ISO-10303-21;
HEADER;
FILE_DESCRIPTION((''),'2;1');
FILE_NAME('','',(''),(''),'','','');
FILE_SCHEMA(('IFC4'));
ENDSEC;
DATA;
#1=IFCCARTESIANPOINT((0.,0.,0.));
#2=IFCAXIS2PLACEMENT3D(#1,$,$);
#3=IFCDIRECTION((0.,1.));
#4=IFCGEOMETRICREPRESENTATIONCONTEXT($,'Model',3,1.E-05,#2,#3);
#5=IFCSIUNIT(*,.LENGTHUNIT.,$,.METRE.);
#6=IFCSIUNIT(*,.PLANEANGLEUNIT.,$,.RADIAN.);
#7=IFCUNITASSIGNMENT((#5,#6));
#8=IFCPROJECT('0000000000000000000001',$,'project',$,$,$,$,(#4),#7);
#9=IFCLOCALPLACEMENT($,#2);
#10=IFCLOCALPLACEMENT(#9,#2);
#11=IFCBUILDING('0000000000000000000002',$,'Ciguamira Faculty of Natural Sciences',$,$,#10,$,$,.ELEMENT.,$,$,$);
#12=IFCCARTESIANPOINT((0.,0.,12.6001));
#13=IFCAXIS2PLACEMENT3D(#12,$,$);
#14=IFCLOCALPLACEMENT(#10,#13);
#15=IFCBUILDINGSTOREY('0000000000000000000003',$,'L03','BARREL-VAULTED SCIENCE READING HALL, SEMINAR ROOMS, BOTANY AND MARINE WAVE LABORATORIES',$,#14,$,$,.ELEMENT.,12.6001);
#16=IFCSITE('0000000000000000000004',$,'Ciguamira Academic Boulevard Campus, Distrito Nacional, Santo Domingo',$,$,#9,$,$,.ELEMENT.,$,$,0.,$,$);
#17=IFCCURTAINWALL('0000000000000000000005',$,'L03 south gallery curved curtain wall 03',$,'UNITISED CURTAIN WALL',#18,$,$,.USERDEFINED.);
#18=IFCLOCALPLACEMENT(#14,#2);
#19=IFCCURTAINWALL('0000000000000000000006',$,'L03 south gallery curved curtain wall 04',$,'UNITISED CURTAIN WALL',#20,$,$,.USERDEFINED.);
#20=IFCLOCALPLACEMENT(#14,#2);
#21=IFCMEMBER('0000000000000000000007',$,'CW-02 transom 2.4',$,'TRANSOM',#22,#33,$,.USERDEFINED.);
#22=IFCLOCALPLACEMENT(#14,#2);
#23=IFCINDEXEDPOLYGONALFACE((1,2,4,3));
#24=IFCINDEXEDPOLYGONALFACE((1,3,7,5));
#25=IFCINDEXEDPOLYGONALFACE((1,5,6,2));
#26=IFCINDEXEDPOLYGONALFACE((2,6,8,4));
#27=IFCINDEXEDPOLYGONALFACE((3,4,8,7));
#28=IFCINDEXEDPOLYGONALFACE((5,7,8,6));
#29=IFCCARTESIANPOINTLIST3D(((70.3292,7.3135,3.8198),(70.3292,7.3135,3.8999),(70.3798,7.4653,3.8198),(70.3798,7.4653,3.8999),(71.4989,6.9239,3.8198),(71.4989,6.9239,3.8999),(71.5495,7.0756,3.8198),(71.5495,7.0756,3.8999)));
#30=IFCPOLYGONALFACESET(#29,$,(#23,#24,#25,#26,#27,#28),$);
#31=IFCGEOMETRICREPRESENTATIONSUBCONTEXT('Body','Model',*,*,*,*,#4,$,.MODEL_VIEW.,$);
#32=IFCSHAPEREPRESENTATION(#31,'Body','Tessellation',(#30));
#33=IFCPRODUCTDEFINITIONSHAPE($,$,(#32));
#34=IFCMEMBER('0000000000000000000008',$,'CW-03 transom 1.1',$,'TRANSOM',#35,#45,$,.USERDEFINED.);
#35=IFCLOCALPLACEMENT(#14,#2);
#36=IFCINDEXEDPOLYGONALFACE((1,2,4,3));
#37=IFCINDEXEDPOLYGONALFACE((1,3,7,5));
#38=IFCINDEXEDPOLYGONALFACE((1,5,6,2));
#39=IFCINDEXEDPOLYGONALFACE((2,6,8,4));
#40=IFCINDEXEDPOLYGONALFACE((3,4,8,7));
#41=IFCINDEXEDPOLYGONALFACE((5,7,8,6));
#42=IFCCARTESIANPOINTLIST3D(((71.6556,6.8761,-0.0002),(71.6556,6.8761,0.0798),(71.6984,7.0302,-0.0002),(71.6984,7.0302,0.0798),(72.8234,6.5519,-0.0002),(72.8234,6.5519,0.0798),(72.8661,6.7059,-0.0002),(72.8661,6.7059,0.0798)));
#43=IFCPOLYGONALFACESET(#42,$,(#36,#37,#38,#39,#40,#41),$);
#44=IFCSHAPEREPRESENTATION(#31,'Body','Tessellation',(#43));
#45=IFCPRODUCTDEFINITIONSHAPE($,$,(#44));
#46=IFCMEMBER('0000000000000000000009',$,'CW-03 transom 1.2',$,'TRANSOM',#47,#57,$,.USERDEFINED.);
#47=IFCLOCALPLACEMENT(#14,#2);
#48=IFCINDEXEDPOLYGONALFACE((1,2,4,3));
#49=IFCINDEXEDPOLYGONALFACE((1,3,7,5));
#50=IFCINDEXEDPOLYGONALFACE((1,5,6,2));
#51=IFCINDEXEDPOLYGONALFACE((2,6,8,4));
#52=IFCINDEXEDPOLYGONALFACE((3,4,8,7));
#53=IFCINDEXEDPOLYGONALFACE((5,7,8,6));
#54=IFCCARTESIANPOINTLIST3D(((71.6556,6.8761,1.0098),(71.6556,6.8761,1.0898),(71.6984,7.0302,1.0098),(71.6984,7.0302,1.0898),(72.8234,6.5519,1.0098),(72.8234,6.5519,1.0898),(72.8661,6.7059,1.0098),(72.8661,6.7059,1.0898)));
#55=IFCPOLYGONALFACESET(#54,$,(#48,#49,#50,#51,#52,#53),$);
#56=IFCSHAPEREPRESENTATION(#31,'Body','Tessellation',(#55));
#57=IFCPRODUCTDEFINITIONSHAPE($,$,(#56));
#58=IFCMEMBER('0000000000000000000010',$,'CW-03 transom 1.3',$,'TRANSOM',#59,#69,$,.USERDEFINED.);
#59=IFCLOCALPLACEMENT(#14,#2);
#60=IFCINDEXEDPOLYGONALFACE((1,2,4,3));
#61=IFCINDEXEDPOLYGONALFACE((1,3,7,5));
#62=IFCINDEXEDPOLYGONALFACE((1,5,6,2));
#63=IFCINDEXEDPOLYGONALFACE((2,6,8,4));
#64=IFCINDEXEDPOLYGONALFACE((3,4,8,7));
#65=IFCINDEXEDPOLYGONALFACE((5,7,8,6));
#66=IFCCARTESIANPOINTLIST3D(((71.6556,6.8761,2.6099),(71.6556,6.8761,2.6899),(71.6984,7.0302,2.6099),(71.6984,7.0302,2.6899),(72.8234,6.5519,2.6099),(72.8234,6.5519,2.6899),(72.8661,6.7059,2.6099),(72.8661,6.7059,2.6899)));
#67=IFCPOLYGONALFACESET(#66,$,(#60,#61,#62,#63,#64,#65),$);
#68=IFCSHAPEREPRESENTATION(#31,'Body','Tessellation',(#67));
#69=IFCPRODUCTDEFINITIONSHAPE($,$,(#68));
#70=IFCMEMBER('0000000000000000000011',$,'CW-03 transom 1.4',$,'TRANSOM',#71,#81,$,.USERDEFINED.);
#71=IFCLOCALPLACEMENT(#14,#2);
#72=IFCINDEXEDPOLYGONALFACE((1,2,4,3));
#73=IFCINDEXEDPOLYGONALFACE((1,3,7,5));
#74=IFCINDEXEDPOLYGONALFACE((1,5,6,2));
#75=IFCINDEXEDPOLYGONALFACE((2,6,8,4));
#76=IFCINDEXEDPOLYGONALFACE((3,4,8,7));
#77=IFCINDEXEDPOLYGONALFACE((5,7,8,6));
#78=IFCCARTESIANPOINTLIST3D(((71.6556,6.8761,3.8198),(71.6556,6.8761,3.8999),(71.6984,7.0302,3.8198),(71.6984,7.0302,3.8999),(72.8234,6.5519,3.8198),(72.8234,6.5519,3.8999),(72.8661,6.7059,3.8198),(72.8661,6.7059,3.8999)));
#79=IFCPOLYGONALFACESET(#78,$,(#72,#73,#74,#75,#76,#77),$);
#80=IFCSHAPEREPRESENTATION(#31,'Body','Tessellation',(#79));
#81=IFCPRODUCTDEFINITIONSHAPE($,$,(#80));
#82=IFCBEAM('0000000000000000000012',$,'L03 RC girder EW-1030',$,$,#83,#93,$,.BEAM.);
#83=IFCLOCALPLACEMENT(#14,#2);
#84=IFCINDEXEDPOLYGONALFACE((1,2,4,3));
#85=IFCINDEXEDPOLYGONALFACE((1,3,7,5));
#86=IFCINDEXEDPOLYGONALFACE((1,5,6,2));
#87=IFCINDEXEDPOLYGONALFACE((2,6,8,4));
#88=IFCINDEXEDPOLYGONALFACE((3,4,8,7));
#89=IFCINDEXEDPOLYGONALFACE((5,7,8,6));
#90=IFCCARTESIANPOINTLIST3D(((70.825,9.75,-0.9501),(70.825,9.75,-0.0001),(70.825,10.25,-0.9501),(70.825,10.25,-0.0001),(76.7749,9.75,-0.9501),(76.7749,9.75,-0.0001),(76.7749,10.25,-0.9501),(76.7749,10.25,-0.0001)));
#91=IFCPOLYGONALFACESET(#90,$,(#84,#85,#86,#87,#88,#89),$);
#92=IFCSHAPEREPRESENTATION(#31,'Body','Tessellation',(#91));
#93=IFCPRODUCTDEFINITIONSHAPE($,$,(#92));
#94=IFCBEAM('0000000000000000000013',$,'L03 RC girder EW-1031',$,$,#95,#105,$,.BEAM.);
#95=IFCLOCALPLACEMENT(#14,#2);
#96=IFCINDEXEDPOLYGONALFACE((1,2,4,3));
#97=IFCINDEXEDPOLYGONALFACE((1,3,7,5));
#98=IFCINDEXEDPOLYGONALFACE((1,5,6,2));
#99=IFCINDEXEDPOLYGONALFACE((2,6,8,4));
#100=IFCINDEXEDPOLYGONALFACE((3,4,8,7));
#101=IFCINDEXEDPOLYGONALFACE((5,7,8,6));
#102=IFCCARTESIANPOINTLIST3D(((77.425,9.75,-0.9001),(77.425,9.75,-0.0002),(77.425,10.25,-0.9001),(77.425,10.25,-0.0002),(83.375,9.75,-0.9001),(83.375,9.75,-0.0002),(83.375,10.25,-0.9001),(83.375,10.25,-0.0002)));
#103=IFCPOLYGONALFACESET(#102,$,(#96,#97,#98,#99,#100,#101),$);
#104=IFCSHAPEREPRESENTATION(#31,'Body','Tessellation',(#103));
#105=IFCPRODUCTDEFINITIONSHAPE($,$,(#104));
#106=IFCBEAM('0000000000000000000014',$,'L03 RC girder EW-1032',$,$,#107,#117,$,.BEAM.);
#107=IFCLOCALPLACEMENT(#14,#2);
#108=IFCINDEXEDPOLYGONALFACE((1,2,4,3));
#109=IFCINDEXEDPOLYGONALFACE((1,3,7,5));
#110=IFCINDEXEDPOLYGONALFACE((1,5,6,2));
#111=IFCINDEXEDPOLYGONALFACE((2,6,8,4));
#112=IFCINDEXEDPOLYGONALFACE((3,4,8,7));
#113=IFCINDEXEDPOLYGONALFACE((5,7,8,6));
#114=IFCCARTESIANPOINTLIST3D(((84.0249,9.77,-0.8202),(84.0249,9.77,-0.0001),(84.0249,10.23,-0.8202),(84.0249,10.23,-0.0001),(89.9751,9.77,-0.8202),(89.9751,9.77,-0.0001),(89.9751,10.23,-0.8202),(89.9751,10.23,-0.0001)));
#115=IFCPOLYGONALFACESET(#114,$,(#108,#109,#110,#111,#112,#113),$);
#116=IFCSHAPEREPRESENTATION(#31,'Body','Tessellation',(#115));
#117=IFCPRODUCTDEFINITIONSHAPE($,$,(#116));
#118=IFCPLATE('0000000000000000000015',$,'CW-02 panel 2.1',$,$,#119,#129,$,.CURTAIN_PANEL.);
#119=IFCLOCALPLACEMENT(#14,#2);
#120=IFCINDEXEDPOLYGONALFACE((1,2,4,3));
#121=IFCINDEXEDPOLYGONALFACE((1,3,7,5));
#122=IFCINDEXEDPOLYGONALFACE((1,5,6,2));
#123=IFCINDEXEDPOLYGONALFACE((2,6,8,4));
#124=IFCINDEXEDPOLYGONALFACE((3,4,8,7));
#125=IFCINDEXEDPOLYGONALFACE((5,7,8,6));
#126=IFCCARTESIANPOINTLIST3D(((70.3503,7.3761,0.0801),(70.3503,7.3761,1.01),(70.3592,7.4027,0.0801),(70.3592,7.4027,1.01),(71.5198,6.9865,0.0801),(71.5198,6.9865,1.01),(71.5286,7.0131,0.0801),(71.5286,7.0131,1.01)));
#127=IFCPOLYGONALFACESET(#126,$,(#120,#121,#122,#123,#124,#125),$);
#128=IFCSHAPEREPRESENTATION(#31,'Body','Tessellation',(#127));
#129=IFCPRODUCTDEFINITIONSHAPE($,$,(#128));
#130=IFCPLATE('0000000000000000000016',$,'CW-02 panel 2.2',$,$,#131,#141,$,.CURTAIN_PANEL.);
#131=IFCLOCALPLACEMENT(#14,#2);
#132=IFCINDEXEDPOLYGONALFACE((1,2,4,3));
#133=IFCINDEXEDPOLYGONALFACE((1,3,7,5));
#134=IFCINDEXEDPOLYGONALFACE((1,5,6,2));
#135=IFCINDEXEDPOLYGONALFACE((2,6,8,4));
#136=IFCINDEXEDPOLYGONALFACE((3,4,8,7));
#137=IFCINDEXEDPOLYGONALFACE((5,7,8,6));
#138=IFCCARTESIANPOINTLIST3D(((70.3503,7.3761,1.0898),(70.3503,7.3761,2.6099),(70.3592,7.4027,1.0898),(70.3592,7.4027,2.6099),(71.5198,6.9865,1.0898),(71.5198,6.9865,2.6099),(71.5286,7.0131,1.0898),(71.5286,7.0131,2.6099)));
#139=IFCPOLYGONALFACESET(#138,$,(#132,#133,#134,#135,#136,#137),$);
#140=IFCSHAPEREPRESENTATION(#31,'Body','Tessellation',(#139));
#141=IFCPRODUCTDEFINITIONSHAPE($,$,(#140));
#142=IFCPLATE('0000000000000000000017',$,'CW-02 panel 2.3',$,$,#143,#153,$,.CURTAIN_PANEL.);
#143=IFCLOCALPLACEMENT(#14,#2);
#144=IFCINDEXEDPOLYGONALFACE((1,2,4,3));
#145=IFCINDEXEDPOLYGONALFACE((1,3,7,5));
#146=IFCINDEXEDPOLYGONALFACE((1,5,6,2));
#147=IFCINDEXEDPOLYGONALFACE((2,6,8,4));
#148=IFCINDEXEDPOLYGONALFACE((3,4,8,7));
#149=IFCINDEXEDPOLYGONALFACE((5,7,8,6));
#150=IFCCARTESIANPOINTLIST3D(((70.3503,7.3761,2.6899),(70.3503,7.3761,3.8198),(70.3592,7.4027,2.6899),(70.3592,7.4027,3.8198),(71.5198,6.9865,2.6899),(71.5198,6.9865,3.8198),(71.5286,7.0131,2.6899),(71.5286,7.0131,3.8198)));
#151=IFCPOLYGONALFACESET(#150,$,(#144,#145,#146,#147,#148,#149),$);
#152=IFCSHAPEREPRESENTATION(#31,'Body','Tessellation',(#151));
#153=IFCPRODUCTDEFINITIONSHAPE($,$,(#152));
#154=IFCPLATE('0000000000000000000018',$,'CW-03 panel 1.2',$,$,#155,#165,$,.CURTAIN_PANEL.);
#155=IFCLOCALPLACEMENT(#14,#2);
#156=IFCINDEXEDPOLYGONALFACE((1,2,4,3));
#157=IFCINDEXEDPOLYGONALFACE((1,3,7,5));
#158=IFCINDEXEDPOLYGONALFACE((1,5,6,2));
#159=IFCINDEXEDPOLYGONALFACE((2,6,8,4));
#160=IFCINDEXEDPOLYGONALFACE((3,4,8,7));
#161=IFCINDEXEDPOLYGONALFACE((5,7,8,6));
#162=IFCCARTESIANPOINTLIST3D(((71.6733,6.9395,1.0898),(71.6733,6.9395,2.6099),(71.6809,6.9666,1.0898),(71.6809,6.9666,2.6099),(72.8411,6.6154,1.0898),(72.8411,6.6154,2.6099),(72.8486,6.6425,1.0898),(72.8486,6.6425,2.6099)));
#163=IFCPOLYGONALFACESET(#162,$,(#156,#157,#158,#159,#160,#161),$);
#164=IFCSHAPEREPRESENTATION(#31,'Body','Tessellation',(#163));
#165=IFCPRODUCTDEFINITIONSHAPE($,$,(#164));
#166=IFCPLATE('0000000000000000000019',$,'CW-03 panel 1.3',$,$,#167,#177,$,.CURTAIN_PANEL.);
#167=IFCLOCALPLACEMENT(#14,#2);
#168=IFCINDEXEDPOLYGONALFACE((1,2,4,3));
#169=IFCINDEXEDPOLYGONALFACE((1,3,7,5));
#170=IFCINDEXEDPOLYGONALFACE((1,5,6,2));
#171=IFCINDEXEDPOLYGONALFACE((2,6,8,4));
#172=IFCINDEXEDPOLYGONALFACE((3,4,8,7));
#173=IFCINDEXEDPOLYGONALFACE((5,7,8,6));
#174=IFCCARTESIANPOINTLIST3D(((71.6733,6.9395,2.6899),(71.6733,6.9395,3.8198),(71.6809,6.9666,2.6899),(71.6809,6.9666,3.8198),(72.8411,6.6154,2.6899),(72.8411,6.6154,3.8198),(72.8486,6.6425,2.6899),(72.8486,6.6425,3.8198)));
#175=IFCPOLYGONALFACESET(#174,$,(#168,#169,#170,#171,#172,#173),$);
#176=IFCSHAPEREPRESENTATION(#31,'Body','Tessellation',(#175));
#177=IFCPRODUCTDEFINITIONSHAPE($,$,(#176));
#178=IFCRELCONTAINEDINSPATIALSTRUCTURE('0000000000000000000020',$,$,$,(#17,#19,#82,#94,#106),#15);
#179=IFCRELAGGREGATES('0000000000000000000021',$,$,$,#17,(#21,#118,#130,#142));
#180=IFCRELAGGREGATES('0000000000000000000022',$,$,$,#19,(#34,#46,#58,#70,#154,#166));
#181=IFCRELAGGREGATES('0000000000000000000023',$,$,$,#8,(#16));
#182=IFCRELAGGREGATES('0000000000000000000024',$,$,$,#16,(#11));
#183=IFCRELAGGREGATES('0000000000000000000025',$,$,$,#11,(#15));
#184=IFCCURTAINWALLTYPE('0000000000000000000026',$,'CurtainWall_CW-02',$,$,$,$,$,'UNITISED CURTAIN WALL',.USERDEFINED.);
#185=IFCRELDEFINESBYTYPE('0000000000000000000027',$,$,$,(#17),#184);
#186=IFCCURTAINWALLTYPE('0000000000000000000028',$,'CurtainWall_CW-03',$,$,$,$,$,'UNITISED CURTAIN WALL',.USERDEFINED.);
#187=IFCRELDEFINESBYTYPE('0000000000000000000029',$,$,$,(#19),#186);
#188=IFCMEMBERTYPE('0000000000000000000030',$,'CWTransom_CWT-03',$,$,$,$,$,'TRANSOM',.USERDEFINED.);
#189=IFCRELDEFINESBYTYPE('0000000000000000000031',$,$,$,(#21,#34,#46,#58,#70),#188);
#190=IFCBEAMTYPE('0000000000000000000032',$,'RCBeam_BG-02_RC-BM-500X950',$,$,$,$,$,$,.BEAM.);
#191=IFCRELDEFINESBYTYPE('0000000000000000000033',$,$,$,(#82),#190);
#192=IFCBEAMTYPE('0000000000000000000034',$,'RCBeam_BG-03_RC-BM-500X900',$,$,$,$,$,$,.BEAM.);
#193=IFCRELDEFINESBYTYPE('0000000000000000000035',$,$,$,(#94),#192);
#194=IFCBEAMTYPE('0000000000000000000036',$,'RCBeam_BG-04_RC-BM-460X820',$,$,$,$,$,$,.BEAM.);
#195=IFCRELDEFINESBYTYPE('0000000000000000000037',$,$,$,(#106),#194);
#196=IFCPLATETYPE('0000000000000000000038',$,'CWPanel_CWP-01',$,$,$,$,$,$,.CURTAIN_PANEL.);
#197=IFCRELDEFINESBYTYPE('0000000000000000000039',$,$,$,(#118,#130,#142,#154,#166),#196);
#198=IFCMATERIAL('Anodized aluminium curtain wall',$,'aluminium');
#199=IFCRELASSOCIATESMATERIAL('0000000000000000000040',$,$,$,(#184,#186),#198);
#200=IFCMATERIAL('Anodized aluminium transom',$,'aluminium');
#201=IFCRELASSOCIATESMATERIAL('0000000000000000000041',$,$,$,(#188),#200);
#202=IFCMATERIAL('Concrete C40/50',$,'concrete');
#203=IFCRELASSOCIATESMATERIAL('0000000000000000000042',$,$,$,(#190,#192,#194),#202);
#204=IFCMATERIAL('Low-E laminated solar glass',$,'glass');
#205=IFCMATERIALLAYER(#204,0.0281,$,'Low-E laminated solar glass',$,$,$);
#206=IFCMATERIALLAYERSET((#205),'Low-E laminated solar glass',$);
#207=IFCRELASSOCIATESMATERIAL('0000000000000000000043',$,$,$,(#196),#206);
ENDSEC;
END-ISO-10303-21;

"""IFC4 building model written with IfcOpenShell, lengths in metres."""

from ifc_helpers import new_model, si_unit, direction, frame, origin, origin_2d, place, context, subcontext, project, spatial, rectangle, extrude, material, layer, layer_set, material_profile, profile_set, type_object, element, aggregate, save


model = new_model("IFC4")

# Units and contexts
model_context = context("Model", 3, precision=1e-05, world=origin(), true_north=direction((0.0, 1.0)))
body_context = subcontext(model_context, "Body", "Model", "MODEL_VIEW")
ifc_project = project(units=[si_unit("LENGTHUNIT", "METRE"), si_unit("PLANEANGLEUNIT", "RADIAN")], contexts=[model_context])

# Site, building, storey
site_placement = place(None, origin())
site = spatial("IfcSite", under=ifc_project, at=site_placement, Name="Ciguamira Academic Boulevard Campus, Distrito Nacional, Santo Domingo", CompositionType="ELEMENT", RefElevation=0.0)
building_placement = place(site_placement, origin())
building = spatial("IfcBuilding", under=site, at=building_placement, Name="Ciguamira Faculty of Natural Sciences", CompositionType="ELEMENT")
storey_placement = place(building_placement, frame((0.0, 0.0, 12.6001)))
storey = spatial("IfcBuildingStorey", under=building, at=storey_placement, Name="L03", Description="BARREL-VAULTED SCIENCE READING HALL, SEMINAR ROOMS, BOTANY AND MARINE WAVE LABORATORIES", CompositionType="ELEMENT", Elevation=12.6001)

# Shared definitions
ifc_material_1 = material(Name="Concrete C40/50", Category="concrete")

# Curtain wall
ifc_material_2 = material(Name="Anodized aluminium curtain wall", Category="aluminium")
curtain_wall_type_1 = type_object("IfcCurtainWallType", Name="CurtainWall_CW-02", ElementType="UNITISED CURTAIN WALL", PredefinedType="USERDEFINED", material=ifc_material_2)
curtain_wall_1_placement = place(storey_placement, origin())
curtain_wall_1 = element("IfcCurtainWall", 1, at=curtain_wall_1_placement, inside=storey, type_object=curtain_wall_type_1, Name="L03 south gallery curved curtain wall 03", ObjectType="UNITISED CURTAIN WALL", PredefinedType="USERDEFINED")

# Curtain wall
curtain_wall_type_2 = type_object("IfcCurtainWallType", Name="CurtainWall_CW-03", ElementType="UNITISED CURTAIN WALL", PredefinedType="USERDEFINED", material=ifc_material_2)
curtain_wall_2_placement = place(storey_placement, origin())
curtain_wall_2 = element("IfcCurtainWall", 2, at=curtain_wall_2_placement, inside=storey, type_object=curtain_wall_type_2, Name="L03 south gallery curved curtain wall 04", ObjectType="UNITISED CURTAIN WALL", PredefinedType="USERDEFINED")

# Members
ifc_material_3 = material(Name="Anodized aluminium transom", Category="aluminium")
ifc_material_profile_1 = material_profile(ifc_material_3, rectangle(XDim=0.0801, YDim=0.1599, at=origin_2d()), Name="ALU-TRN-80X160")
ifc_profile_set_1 = profile_set([ifc_material_profile_1], Name="Anodized aluminium transom")
member_type_1 = type_object("IfcMemberType", Name="CWTransom_CWT-03", ElementType="TRANSOM", PredefinedType="USERDEFINED", material=ifc_profile_set_1)
member_1_placement = place(storey_placement, frame((70.3545, 7.3894, 3.8599), z_axis=(0.948743, -0.31605, 0.0), x_axis=(0.0, 0.0, 1.0)))
member_1 = element("IfcMember", 3, at=member_1_placement, type_object=member_type_1, Name="CW-02 transom 2.4", ObjectType="TRANSOM", PredefinedType="USERDEFINED", context=body_context, shape_type="SweptSolid", body=[
    extrude(rectangle(XDim=0.0801, YDim=0.1599, at=origin_2d()), origin(), (0.0, 0.0, 1.0), 1.2329),
])
member_2_placement = place(storey_placement, frame((71.677, 6.9531, 0.0398), z_axis=(0.96355, -0.26753, 0.0), x_axis=(0.0, 0.0, 1.0)))
member_2 = element("IfcMember", 4, at=member_2_placement, type_object=member_type_1, Name="CW-03 transom 1.1", ObjectType="TRANSOM", PredefinedType="USERDEFINED", context=body_context, shape_type="SweptSolid", body=[
    extrude(rectangle(XDim=0.0801, YDim=0.1599, at=origin_2d()), origin(), (0.0, 0.0, 1.0), 1.2119),
])
member_3_placement = place(storey_placement, frame((71.677, 6.9531, 1.0498), z_axis=(0.96355, -0.26753, 0.0), x_axis=(0.0, 0.0, 1.0)))
member_3 = element("IfcMember", 5, at=member_3_placement, type_object=member_type_1, Name="CW-03 transom 1.2", ObjectType="TRANSOM", PredefinedType="USERDEFINED", context=body_context, shape_type="SweptSolid", body=[
    extrude(rectangle(XDim=0.0801, YDim=0.1599, at=origin_2d()), origin(), (0.0, 0.0, 1.0), 1.2119),
])
member_4_placement = place(storey_placement, frame((71.677, 6.9531, 2.6499), z_axis=(0.96355, -0.26753, 0.0), x_axis=(0.0, 0.0, 1.0)))
member_4 = element("IfcMember", 6, at=member_4_placement, type_object=member_type_1, Name="CW-03 transom 1.3", ObjectType="TRANSOM", PredefinedType="USERDEFINED", context=body_context, shape_type="SweptSolid", body=[
    extrude(rectangle(XDim=0.0801, YDim=0.1599, at=origin_2d()), origin(), (0.0, 0.0, 1.0), 1.2119),
])
member_5_placement = place(storey_placement, frame((71.677, 6.9531, 3.8599), z_axis=(0.96355, -0.26753, 0.0), x_axis=(0.0, 0.0, 1.0)))
member_5 = element("IfcMember", 7, at=member_5_placement, type_object=member_type_1, Name="CW-03 transom 1.4", ObjectType="TRANSOM", PredefinedType="USERDEFINED", context=body_context, shape_type="SweptSolid", body=[
    extrude(rectangle(XDim=0.0801, YDim=0.1599, at=origin_2d()), origin(), (0.0, 0.0, 1.0), 1.2119),
])

# Beams
ifc_material_profile_2 = material_profile(ifc_material_1, rectangle(XDim=0.5, YDim=0.95, at=origin_2d()), Name="RC-BM-500X950")
ifc_profile_set_2 = profile_set([ifc_material_profile_2], Name="Concrete C40/50")
beam_type_1 = type_object("IfcBeamType", Name="RCBeam_BG-02_RC-BM-500X950", PredefinedType="BEAM", material=ifc_profile_set_2)
beam_1_placement = place(storey_placement, frame((70.825, 10.0, -0.4751), z_axis=(1.0, 0.0, 0.0), x_axis=(0.0, 1.0, 0.0)))
element("IfcBeam", 8, at=beam_1_placement, inside=storey, type_object=beam_type_1, Name="L03 RC girder EW-1030", PredefinedType="BEAM", context=body_context, shape_type="SweptSolid", body=[
    extrude(rectangle(XDim=0.5, YDim=0.95, at=origin_2d()), origin(), (0.0, 0.0, 1.0), 5.95),
])
ifc_material_profile_3 = material_profile(ifc_material_1, rectangle(XDim=0.5, YDim=0.8999, at=origin_2d()), Name="RC-BM-500X900")
ifc_profile_set_3 = profile_set([ifc_material_profile_3], Name="Concrete C40/50")
beam_type_2 = type_object("IfcBeamType", Name="RCBeam_BG-03_RC-BM-500X900", PredefinedType="BEAM", material=ifc_profile_set_3)
beam_2_placement = place(storey_placement, frame((77.425, 10.0, -0.4502), z_axis=(1.0, 0.0, 0.0), x_axis=(0.0, 1.0, 0.0)))
element("IfcBeam", 9, at=beam_2_placement, inside=storey, type_object=beam_type_2, Name="L03 RC girder EW-1031", PredefinedType="BEAM", context=body_context, shape_type="SweptSolid", body=[
    extrude(rectangle(XDim=0.5, YDim=0.8999, at=origin_2d()), origin(), (0.0, 0.0, 1.0), 5.95),
])
ifc_material_profile_4 = material_profile(ifc_material_1, rectangle(XDim=0.46, YDim=0.8201, at=origin_2d()), Name="RC-BM-460X820")
ifc_profile_set_4 = profile_set([ifc_material_profile_4], Name="Concrete C40/50")
beam_type_3 = type_object("IfcBeamType", Name="RCBeam_BG-04_RC-BM-460X820", PredefinedType="BEAM", material=ifc_profile_set_4)
beam_3_placement = place(storey_placement, frame((84.0249, 10.0, -0.4102), z_axis=(1.0, 0.0, 0.0), x_axis=(0.0, 1.0, 0.0)))
element("IfcBeam", 10, at=beam_3_placement, inside=storey, type_object=beam_type_3, Name="L03 RC girder EW-1032", PredefinedType="BEAM", context=body_context, shape_type="SweptSolid", body=[
    extrude(rectangle(XDim=0.46, YDim=0.8201, at=origin_2d()), origin(), (0.0, 0.0, 1.0), 5.9502),
])

# Plates
ifc_material_4 = material(Name="Low-E laminated solar glass", Category="glass")
ifc_layer = layer(ifc_material_4, 0.0281, Name="Low-E laminated solar glass")
ifc_layer_set = layer_set([ifc_layer], Name="Low-E laminated solar glass")
plate_type = type_object("IfcPlateType", Name="CWPanel_CWP-01", PredefinedType="CURTAIN_PANEL", material=ifc_layer_set)
plate_1_placement = place(storey_placement, frame((70.9395, 7.1946, 0.0801), z_axis=(0.0, 0.0, 1.0), x_axis=(0.948735, -0.316073, 0.0)))
plate_1 = element("IfcPlate", 11, at=plate_1_placement, type_object=plate_type, Name="CW-02 panel 2.1", PredefinedType="CURTAIN_PANEL", context=body_context, shape_type="SweptSolid", body=[
    extrude(rectangle(XDim=1.2327, YDim=0.0281, at=origin_2d()), origin(), (0.0, 0.0, 1.0), 0.9299),
])
plate_2_placement = place(storey_placement, frame((70.9395, 7.1946, 1.0898), z_axis=(0.0, 0.0, 1.0), x_axis=(0.948735, -0.316073, 0.0)))
plate_2 = element("IfcPlate", 12, at=plate_2_placement, type_object=plate_type, Name="CW-02 panel 2.2", PredefinedType="CURTAIN_PANEL", context=body_context, shape_type="SweptSolid", body=[
    extrude(rectangle(XDim=1.2327, YDim=0.0281, at=origin_2d()), origin(), (0.0, 0.0, 1.0), 1.52),
])
plate_3_placement = place(storey_placement, frame((70.9395, 7.1946, 2.6899), z_axis=(0.0, 0.0, 1.0), x_axis=(0.948735, -0.316073, 0.0)))
plate_3 = element("IfcPlate", 13, at=plate_3_placement, type_object=plate_type, Name="CW-02 panel 2.3", PredefinedType="CURTAIN_PANEL", context=body_context, shape_type="SweptSolid", body=[
    extrude(rectangle(XDim=1.2327, YDim=0.0281, at=origin_2d()), origin(), (0.0, 0.0, 1.0), 1.1299),
])
aggregate(curtain_wall_1, [member_1, plate_1, plate_2, plate_3])
plate_4_placement = place(storey_placement, frame((72.261, 6.791, 1.0898), z_axis=(0.0, 0.0, 1.0), x_axis=(0.963573, -0.267444, 0.0)))
plate_4 = element("IfcPlate", 14, at=plate_4_placement, type_object=plate_type, Name="CW-03 panel 1.2", PredefinedType="CURTAIN_PANEL", context=body_context, shape_type="SweptSolid", body=[
    extrude(rectangle(XDim=1.2119, YDim=0.0281, at=origin_2d()), origin(), (0.0, 0.0, 1.0), 1.52),
])
plate_5_placement = place(storey_placement, frame((72.261, 6.791, 2.6899), z_axis=(0.0, 0.0, 1.0), x_axis=(0.963573, -0.267444, 0.0)))
plate_5 = element("IfcPlate", 15, at=plate_5_placement, type_object=plate_type, Name="CW-03 panel 1.3", PredefinedType="CURTAIN_PANEL", context=body_context, shape_type="SweptSolid", body=[
    extrude(rectangle(XDim=1.2119, YDim=0.0281, at=origin_2d()), origin(), (0.0, 0.0, 1.0), 1.1299),
])
aggregate(curtain_wall_2, [member_2, member_3, member_4, member_5, plate_4, plate_5])

save(model, "model.ifc")
